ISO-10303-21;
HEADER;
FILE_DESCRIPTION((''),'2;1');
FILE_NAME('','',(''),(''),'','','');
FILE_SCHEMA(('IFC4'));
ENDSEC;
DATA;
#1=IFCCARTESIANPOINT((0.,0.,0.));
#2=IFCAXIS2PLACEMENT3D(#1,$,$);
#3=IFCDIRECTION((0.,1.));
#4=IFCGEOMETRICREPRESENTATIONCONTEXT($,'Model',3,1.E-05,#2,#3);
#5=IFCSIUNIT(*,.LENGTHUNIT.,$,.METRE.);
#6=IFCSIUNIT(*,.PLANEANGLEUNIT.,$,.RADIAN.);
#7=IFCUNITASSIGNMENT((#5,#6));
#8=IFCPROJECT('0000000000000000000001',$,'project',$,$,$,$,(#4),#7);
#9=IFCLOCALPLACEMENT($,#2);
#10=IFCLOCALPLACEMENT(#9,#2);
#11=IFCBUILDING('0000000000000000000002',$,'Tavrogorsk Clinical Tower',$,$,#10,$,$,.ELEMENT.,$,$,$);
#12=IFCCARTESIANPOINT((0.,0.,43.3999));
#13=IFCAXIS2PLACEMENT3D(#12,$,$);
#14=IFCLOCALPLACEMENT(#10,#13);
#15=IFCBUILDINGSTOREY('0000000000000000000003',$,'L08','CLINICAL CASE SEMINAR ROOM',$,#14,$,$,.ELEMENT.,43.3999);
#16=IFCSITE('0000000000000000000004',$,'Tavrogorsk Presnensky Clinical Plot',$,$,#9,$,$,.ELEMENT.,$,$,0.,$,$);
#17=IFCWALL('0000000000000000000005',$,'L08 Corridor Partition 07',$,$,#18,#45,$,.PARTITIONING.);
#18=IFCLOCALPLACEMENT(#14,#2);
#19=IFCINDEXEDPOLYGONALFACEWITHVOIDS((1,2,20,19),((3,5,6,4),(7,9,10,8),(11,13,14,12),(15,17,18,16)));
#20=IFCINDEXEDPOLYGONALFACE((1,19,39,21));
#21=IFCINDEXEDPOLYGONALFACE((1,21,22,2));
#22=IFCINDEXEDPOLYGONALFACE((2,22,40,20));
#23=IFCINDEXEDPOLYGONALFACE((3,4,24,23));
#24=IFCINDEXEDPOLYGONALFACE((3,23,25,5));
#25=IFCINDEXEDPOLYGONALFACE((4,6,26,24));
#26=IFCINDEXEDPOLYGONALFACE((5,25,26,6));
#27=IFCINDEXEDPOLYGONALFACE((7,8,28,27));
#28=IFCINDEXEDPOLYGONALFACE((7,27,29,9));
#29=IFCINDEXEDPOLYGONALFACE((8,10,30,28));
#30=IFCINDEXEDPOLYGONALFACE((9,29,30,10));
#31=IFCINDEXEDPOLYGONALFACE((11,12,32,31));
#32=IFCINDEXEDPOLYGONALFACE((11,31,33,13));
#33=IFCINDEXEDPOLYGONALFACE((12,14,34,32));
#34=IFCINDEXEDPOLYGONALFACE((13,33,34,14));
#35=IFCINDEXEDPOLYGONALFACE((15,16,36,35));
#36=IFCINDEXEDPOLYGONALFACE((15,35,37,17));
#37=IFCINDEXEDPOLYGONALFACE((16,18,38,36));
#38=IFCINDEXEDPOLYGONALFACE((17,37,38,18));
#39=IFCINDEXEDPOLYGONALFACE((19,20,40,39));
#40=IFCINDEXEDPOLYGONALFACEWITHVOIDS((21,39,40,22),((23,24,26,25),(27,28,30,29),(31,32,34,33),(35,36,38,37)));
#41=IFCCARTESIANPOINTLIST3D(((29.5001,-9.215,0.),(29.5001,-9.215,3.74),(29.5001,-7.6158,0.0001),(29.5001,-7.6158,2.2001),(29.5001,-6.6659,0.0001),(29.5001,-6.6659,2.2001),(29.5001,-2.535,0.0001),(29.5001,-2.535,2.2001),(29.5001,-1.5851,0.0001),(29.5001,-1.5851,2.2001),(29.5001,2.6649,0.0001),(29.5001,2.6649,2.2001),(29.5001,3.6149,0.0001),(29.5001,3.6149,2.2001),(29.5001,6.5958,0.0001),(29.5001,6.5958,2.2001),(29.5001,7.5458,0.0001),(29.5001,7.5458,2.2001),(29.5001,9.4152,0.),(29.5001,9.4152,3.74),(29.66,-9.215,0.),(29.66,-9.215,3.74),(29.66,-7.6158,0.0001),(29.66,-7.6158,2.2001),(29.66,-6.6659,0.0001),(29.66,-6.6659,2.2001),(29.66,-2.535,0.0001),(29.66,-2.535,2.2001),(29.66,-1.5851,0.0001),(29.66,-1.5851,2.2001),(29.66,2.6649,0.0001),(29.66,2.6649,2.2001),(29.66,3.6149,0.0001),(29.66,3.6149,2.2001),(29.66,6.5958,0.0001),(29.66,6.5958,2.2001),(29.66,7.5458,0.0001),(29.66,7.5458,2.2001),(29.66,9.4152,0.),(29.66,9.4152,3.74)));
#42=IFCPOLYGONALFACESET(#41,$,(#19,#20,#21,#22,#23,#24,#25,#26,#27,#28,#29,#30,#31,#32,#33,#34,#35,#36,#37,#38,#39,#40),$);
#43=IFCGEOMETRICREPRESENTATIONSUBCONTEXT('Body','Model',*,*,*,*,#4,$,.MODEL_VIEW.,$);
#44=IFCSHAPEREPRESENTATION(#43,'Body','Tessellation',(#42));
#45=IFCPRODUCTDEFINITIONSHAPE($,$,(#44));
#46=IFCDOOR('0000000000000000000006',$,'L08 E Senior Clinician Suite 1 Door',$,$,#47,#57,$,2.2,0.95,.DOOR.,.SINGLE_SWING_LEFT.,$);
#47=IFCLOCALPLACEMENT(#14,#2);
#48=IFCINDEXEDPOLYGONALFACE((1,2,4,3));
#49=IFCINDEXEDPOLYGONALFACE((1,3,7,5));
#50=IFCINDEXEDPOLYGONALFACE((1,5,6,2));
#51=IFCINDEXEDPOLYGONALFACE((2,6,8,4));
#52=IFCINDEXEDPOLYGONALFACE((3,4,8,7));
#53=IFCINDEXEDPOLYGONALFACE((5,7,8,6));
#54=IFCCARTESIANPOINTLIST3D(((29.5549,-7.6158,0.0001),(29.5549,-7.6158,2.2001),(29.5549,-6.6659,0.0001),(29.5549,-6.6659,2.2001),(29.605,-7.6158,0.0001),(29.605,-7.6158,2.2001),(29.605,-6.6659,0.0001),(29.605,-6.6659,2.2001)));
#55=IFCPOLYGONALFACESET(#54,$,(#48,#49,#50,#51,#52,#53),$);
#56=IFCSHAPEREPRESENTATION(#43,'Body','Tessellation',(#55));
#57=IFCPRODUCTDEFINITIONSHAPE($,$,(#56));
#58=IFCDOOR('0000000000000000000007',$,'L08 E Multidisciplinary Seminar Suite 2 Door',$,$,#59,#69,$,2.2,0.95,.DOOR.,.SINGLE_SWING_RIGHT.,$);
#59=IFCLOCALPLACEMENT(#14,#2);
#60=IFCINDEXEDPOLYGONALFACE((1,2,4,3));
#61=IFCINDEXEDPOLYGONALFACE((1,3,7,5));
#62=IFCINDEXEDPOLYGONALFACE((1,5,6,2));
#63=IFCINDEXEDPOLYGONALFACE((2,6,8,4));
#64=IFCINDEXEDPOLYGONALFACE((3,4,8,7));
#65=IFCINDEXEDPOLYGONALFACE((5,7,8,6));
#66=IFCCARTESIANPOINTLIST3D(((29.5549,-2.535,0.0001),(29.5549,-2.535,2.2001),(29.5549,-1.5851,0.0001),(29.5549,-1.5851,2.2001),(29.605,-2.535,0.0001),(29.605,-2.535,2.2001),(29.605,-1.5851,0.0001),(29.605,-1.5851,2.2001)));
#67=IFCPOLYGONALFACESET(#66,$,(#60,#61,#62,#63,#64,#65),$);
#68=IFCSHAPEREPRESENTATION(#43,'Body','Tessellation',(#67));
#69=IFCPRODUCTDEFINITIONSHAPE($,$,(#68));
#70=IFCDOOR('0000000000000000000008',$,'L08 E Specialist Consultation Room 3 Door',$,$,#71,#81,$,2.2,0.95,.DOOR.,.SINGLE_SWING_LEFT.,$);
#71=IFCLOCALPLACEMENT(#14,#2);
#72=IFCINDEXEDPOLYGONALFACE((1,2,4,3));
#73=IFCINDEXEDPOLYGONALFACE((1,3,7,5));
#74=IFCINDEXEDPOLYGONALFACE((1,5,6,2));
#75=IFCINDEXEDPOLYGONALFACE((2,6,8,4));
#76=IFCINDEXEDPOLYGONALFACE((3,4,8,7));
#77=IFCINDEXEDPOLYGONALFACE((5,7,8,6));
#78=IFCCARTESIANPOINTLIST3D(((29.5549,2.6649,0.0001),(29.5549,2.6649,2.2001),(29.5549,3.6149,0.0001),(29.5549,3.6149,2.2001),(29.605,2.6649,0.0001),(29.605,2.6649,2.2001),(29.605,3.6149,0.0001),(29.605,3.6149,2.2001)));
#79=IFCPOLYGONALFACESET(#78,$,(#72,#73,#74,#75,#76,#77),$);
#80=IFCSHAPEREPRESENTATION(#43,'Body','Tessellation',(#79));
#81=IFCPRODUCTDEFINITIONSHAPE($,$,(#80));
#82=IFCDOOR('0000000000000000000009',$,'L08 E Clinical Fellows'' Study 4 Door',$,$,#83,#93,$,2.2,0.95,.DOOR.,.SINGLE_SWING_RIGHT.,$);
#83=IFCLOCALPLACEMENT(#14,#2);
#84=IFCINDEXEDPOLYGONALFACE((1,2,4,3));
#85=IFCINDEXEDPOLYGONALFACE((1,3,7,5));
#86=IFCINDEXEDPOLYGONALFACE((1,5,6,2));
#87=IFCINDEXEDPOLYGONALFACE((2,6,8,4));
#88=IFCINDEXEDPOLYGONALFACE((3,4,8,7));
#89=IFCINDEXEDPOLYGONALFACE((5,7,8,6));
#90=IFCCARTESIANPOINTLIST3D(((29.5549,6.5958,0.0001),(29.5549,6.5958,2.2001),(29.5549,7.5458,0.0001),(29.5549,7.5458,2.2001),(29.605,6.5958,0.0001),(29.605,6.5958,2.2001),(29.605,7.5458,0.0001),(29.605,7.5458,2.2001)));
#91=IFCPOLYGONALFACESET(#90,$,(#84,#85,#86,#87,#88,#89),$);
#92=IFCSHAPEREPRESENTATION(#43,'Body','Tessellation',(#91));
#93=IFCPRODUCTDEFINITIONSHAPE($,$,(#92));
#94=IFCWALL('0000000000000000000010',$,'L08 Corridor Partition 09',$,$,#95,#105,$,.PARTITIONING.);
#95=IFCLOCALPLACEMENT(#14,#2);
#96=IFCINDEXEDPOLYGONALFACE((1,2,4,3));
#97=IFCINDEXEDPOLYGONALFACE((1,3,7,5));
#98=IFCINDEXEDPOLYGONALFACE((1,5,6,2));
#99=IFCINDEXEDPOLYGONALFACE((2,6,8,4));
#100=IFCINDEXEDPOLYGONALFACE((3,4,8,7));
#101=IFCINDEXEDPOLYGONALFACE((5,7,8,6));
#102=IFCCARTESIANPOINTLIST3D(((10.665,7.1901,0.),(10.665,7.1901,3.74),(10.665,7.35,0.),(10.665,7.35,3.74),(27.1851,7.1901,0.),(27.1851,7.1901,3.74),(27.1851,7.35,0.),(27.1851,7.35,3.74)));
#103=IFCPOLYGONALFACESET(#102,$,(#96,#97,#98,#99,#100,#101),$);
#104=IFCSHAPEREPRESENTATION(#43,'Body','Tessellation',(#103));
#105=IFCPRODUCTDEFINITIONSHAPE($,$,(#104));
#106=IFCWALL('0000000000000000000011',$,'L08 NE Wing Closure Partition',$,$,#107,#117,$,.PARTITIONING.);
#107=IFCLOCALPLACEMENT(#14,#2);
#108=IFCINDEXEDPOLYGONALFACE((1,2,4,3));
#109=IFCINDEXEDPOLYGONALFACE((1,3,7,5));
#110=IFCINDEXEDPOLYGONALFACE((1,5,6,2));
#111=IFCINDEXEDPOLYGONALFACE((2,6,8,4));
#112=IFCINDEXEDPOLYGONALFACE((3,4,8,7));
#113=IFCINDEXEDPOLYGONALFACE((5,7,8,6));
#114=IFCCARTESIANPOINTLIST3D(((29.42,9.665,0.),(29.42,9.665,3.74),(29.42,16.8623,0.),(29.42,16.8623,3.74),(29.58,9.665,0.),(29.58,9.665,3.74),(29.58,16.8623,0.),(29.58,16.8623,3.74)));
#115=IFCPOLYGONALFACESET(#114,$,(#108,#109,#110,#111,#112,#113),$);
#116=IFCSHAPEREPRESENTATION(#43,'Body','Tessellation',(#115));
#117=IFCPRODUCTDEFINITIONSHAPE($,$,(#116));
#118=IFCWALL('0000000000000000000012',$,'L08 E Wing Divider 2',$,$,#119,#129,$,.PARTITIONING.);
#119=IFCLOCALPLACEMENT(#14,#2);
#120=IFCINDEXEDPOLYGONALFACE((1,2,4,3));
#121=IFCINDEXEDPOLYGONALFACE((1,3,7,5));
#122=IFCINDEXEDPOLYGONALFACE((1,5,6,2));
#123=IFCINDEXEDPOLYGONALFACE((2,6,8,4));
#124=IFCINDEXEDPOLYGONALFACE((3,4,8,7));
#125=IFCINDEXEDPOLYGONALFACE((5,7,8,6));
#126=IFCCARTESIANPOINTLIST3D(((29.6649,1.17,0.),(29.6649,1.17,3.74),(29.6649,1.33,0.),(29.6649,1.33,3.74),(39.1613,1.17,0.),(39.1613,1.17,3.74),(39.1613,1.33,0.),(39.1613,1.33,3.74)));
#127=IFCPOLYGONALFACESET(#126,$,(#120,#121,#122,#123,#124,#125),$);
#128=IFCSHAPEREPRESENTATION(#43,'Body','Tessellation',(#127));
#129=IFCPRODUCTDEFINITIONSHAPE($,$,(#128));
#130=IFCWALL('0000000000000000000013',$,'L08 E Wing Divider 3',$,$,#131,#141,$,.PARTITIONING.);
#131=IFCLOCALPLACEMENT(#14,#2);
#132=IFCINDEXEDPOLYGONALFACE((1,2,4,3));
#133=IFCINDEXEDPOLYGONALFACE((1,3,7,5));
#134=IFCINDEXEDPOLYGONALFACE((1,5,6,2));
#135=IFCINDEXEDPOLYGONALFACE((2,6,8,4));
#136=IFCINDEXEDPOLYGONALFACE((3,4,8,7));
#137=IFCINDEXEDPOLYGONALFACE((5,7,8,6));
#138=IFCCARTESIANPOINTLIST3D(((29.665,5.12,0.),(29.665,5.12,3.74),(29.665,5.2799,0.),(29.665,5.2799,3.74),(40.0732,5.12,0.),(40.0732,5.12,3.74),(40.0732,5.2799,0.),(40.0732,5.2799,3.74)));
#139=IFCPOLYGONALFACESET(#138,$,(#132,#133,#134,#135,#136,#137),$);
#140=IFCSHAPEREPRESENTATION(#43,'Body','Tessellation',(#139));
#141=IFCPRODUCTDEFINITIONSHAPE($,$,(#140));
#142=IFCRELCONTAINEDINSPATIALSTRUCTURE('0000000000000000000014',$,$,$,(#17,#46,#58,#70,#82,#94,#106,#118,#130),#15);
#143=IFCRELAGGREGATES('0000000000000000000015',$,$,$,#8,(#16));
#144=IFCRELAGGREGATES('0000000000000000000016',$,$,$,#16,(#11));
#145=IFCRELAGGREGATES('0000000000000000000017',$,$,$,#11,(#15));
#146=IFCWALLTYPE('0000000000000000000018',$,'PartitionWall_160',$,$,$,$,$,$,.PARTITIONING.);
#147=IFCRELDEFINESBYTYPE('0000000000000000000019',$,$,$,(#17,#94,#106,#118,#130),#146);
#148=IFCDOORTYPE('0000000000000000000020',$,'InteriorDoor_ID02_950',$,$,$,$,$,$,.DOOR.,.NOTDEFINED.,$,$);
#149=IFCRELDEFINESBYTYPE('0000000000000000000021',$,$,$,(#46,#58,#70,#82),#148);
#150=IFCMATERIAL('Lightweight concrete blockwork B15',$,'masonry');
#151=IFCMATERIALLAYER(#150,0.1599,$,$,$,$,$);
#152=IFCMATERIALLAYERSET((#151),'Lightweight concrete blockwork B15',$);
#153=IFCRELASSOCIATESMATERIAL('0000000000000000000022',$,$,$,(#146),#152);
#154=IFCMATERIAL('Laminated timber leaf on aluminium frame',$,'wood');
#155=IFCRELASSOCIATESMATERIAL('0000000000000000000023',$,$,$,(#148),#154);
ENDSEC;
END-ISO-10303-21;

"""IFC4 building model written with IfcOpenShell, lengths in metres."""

from ifc_helpers import new_model, si_unit, direction, frame, frame_2d, origin, place, context, subcontext, project, spatial, rectangle, extrude, material, layer, layer_set, type_object, element, fill, save


model = new_model("IFC4")

# Units and contexts
model_context = context("Model", 3, precision=1e-05, world=origin(), true_north=direction((0.0, 1.0)))
body_context = subcontext(model_context, "Body", "Model", "MODEL_VIEW")
ifc_project = project(units=[si_unit("LENGTHUNIT", "METRE"), si_unit("PLANEANGLEUNIT", "RADIAN")], contexts=[model_context])

# Site, building, storey
site_placement = place(None, origin())
site = spatial("IfcSite", under=ifc_project, at=site_placement, Name="Tavrogorsk Presnensky Clinical Plot", CompositionType="ELEMENT", RefElevation=0.0)
building_placement = place(site_placement, origin())
building = spatial("IfcBuilding", under=site, at=building_placement, Name="Tavrogorsk Clinical Tower", CompositionType="ELEMENT")
storey_placement = place(building_placement, frame((0.0, 0.0, 43.3999)))
storey = spatial("IfcBuildingStorey", under=building, at=storey_placement, Name="L08", Description="CLINICAL CASE SEMINAR ROOM", CompositionType="ELEMENT", Elevation=43.3999)

# Shared definitions
ifc_material_1 = material(Name="Lightweight concrete blockwork B15", Category="masonry")
ifc_layer_1 = layer(ifc_material_1, 0.1599)
ifc_layer_set_1 = layer_set([ifc_layer_1], Name="Lightweight concrete blockwork B15")
wall_type_1 = type_object("IfcWallType", Name="PartitionWall_160", PredefinedType="PARTITIONING", material=ifc_layer_set_1)

# Wall, openings, doors
wall_1_placement = place(storey_placement, frame((29.5801, 9.415, 0.0), z_axis=(0.0, 0.0, 1.0), x_axis=(0.0, -1.0, 0.0)))
wall_1 = element("IfcWall", 1, at=wall_1_placement, inside=storey, type_object=wall_type_1, Name="L08 Corridor Partition 07", PredefinedType="PARTITIONING", context=body_context, shape_type="SweptSolid", body=[
    extrude(rectangle(XDim=18.6301, YDim=0.1599, at=frame_2d((9.3149, 0.0))), origin(), (0.0, 0.0, 1.0), 3.74),
])
opening_1_placement = place(wall_1_placement, frame((16.0808, 0.0, 0.0)))
opening_1 = element("IfcOpeningElement", 2, at=opening_1_placement, cuts=wall_1, PredefinedType="OPENING", context=body_context, shape_type="SweptSolid", body=[
    extrude(rectangle(XDim=0.95, YDim=2.2, at=frame_2d((0.4751, 1.1001))), frame((0.0, 0.0898, 0.0), z_axis=(0.0, -1.0, 0.0), x_axis=(1.0, 0.0, 0.0)), (0.0, 0.0, 1.0), 0.1799),
])
opening_2_placement = place(wall_1_placement, frame((11.0, 0.0, 0.0)))
opening_2 = element("IfcOpeningElement", 3, at=opening_2_placement, cuts=wall_1, PredefinedType="OPENING", context=body_context, shape_type="SweptSolid", body=[
    extrude(rectangle(XDim=0.95, YDim=2.2, at=frame_2d((0.4751, 1.1001))), frame((0.0, 0.0898, 0.0), z_axis=(0.0, -1.0, 0.0), x_axis=(1.0, 0.0, 0.0)), (0.0, 0.0, 1.0), 0.1799),
])
opening_3_placement = place(wall_1_placement, frame((5.8, 0.0, 0.0)))
opening_3 = element("IfcOpeningElement", 4, at=opening_3_placement, cuts=wall_1, PredefinedType="OPENING", context=body_context, shape_type="SweptSolid", body=[
    extrude(rectangle(XDim=0.95, YDim=2.2, at=frame_2d((0.4751, 1.1001))), frame((0.0, 0.0898, 0.0), z_axis=(0.0, -1.0, 0.0), x_axis=(1.0, 0.0, 0.0)), (0.0, 0.0, 1.0), 0.1799),
])
opening_4_placement = place(wall_1_placement, frame((1.8691, 0.0, 0.0)))
opening_4 = element("IfcOpeningElement", 5, at=opening_4_placement, cuts=wall_1, PredefinedType="OPENING", context=body_context, shape_type="SweptSolid", body=[
    extrude(rectangle(XDim=0.95, YDim=2.2, at=frame_2d((0.4751, 1.1001))), frame((0.0, 0.0898, 0.0), z_axis=(0.0, -1.0, 0.0), x_axis=(1.0, 0.0, 0.0)), (0.0, 0.0, 1.0), 0.1799),
])
ifc_material_2 = material(Name="Laminated timber leaf on aluminium frame", Category="wood")
door_type = type_object("IfcDoorType", Name="InteriorDoor_ID02_950", OperationType="NOTDEFINED", PredefinedType="DOOR", material=ifc_material_2)
door_1_placement = place(opening_1_placement, origin())
door_1 = element("IfcDoor", 6, at=door_1_placement, inside=storey, type_object=door_type, Name="L08 E Senior Clinician Suite 1 Door", OperationType="SINGLE_SWING_LEFT", OverallHeight=2.2, OverallWidth=0.95, PredefinedType="DOOR", context=body_context, shape_type="SweptSolid", body=[
    extrude(rectangle(XDim=0.95, YDim=2.2, at=frame_2d((0.4751, 1.1001))), frame((0.0, 0.0249, 0.0), z_axis=(0.0, -1.0, 0.0), x_axis=(1.0, 0.0, 0.0)), (0.0, 0.0, 1.0), 0.05),
])
fill(opening_1, door_1)
door_2_placement = place(opening_2_placement, origin())
door_2 = element("IfcDoor", 7, at=door_2_placement, inside=storey, type_object=door_type, Name="L08 E Multidisciplinary Seminar Suite 2 Door", OperationType="SINGLE_SWING_RIGHT", OverallHeight=2.2, OverallWidth=0.95, PredefinedType="DOOR", context=body_context, shape_type="SweptSolid", body=[
    extrude(rectangle(XDim=0.95, YDim=2.2, at=frame_2d((0.4751, 1.1001))), frame((0.0, 0.0249, 0.0), z_axis=(0.0, -1.0, 0.0), x_axis=(1.0, 0.0, 0.0)), (0.0, 0.0, 1.0), 0.05),
])
fill(opening_2, door_2)
door_3_placement = place(opening_3_placement, origin())
door_3 = element("IfcDoor", 8, at=door_3_placement, inside=storey, type_object=door_type, Name="L08 E Specialist Consultation Room 3 Door", OperationType="SINGLE_SWING_LEFT", OverallHeight=2.2, OverallWidth=0.95, PredefinedType="DOOR", context=body_context, shape_type="SweptSolid", body=[
    extrude(rectangle(XDim=0.95, YDim=2.2, at=frame_2d((0.4751, 1.1001))), frame((0.0, 0.0249, 0.0), z_axis=(0.0, -1.0, 0.0), x_axis=(1.0, 0.0, 0.0)), (0.0, 0.0, 1.0), 0.05),
])
fill(opening_3, door_3)
door_4_placement = place(opening_4_placement, origin())
door_4 = element("IfcDoor", 9, at=door_4_placement, inside=storey, type_object=door_type, Name="L08 E Clinical Fellows' Study 4 Door", OperationType="SINGLE_SWING_RIGHT", OverallHeight=2.2, OverallWidth=0.95, PredefinedType="DOOR", context=body_context, shape_type="SweptSolid", body=[
    extrude(rectangle(XDim=0.95, YDim=2.2, at=frame_2d((0.4751, 1.1001))), frame((0.0, 0.0249, 0.0), z_axis=(0.0, -1.0, 0.0), x_axis=(1.0, 0.0, 0.0)), (0.0, 0.0, 1.0), 0.05),
])
fill(opening_4, door_4)

# Walls
wall_2_placement = place(storey_placement, frame((27.1851, 7.27, 0.0), z_axis=(0.0, 0.0, 1.0), x_axis=(-1.0, 0.0, 0.0)))
element("IfcWall", 10, at=wall_2_placement, inside=storey, type_object=wall_type_1, Name="L08 Corridor Partition 09", PredefinedType="PARTITIONING", context=body_context, shape_type="SweptSolid", body=[
    extrude(rectangle(XDim=16.52, YDim=0.1599, at=frame_2d((8.26, 0.0))), origin(), (0.0, 0.0, 1.0), 3.74),
])
wall_3_placement = place(storey_placement, frame((29.5, 9.665, 0.0), z_axis=(0.0, 0.0, 1.0), x_axis=(0.0, 1.0, 0.0)))
element("IfcWall", 11, at=wall_3_placement, inside=storey, type_object=wall_type_1, Name="L08 NE Wing Closure Partition", PredefinedType="PARTITIONING", context=body_context, shape_type="SweptSolid", body=[
    extrude(rectangle(XDim=7.1973, YDim=0.1599, at=frame_2d((3.5986, 0.0))), origin(), (0.0, 0.0, 1.0), 3.74),
])
wall_4_placement = place(storey_placement, frame((29.665, 1.25, 0.0), z_axis=(0.0, 0.0, 1.0), x_axis=(1.0, 0.0, 0.0)))
element("IfcWall", 12, at=wall_4_placement, inside=storey, type_object=wall_type_1, Name="L08 E Wing Divider 2", PredefinedType="PARTITIONING", context=body_context, shape_type="SweptSolid", body=[
    extrude(rectangle(XDim=9.4963, YDim=0.1599, at=frame_2d((4.748, 0.0))), origin(), (0.0, 0.0, 1.0), 3.74),
])
wall_5_placement = place(storey_placement, frame((29.665, 5.2, 0.0), z_axis=(0.0, 0.0, 1.0), x_axis=(1.0, 0.0, 0.0)))
element("IfcWall", 13, at=wall_5_placement, inside=storey, type_object=wall_type_1, Name="L08 E Wing Divider 3", PredefinedType="PARTITIONING", context=body_context, shape_type="SweptSolid", body=[
    extrude(rectangle(XDim=10.4082, YDim=0.1599, at=frame_2d((5.2041, 0.0))), origin(), (0.0, 0.0, 1.0), 3.74),
])

save(model, "model.ifc")
